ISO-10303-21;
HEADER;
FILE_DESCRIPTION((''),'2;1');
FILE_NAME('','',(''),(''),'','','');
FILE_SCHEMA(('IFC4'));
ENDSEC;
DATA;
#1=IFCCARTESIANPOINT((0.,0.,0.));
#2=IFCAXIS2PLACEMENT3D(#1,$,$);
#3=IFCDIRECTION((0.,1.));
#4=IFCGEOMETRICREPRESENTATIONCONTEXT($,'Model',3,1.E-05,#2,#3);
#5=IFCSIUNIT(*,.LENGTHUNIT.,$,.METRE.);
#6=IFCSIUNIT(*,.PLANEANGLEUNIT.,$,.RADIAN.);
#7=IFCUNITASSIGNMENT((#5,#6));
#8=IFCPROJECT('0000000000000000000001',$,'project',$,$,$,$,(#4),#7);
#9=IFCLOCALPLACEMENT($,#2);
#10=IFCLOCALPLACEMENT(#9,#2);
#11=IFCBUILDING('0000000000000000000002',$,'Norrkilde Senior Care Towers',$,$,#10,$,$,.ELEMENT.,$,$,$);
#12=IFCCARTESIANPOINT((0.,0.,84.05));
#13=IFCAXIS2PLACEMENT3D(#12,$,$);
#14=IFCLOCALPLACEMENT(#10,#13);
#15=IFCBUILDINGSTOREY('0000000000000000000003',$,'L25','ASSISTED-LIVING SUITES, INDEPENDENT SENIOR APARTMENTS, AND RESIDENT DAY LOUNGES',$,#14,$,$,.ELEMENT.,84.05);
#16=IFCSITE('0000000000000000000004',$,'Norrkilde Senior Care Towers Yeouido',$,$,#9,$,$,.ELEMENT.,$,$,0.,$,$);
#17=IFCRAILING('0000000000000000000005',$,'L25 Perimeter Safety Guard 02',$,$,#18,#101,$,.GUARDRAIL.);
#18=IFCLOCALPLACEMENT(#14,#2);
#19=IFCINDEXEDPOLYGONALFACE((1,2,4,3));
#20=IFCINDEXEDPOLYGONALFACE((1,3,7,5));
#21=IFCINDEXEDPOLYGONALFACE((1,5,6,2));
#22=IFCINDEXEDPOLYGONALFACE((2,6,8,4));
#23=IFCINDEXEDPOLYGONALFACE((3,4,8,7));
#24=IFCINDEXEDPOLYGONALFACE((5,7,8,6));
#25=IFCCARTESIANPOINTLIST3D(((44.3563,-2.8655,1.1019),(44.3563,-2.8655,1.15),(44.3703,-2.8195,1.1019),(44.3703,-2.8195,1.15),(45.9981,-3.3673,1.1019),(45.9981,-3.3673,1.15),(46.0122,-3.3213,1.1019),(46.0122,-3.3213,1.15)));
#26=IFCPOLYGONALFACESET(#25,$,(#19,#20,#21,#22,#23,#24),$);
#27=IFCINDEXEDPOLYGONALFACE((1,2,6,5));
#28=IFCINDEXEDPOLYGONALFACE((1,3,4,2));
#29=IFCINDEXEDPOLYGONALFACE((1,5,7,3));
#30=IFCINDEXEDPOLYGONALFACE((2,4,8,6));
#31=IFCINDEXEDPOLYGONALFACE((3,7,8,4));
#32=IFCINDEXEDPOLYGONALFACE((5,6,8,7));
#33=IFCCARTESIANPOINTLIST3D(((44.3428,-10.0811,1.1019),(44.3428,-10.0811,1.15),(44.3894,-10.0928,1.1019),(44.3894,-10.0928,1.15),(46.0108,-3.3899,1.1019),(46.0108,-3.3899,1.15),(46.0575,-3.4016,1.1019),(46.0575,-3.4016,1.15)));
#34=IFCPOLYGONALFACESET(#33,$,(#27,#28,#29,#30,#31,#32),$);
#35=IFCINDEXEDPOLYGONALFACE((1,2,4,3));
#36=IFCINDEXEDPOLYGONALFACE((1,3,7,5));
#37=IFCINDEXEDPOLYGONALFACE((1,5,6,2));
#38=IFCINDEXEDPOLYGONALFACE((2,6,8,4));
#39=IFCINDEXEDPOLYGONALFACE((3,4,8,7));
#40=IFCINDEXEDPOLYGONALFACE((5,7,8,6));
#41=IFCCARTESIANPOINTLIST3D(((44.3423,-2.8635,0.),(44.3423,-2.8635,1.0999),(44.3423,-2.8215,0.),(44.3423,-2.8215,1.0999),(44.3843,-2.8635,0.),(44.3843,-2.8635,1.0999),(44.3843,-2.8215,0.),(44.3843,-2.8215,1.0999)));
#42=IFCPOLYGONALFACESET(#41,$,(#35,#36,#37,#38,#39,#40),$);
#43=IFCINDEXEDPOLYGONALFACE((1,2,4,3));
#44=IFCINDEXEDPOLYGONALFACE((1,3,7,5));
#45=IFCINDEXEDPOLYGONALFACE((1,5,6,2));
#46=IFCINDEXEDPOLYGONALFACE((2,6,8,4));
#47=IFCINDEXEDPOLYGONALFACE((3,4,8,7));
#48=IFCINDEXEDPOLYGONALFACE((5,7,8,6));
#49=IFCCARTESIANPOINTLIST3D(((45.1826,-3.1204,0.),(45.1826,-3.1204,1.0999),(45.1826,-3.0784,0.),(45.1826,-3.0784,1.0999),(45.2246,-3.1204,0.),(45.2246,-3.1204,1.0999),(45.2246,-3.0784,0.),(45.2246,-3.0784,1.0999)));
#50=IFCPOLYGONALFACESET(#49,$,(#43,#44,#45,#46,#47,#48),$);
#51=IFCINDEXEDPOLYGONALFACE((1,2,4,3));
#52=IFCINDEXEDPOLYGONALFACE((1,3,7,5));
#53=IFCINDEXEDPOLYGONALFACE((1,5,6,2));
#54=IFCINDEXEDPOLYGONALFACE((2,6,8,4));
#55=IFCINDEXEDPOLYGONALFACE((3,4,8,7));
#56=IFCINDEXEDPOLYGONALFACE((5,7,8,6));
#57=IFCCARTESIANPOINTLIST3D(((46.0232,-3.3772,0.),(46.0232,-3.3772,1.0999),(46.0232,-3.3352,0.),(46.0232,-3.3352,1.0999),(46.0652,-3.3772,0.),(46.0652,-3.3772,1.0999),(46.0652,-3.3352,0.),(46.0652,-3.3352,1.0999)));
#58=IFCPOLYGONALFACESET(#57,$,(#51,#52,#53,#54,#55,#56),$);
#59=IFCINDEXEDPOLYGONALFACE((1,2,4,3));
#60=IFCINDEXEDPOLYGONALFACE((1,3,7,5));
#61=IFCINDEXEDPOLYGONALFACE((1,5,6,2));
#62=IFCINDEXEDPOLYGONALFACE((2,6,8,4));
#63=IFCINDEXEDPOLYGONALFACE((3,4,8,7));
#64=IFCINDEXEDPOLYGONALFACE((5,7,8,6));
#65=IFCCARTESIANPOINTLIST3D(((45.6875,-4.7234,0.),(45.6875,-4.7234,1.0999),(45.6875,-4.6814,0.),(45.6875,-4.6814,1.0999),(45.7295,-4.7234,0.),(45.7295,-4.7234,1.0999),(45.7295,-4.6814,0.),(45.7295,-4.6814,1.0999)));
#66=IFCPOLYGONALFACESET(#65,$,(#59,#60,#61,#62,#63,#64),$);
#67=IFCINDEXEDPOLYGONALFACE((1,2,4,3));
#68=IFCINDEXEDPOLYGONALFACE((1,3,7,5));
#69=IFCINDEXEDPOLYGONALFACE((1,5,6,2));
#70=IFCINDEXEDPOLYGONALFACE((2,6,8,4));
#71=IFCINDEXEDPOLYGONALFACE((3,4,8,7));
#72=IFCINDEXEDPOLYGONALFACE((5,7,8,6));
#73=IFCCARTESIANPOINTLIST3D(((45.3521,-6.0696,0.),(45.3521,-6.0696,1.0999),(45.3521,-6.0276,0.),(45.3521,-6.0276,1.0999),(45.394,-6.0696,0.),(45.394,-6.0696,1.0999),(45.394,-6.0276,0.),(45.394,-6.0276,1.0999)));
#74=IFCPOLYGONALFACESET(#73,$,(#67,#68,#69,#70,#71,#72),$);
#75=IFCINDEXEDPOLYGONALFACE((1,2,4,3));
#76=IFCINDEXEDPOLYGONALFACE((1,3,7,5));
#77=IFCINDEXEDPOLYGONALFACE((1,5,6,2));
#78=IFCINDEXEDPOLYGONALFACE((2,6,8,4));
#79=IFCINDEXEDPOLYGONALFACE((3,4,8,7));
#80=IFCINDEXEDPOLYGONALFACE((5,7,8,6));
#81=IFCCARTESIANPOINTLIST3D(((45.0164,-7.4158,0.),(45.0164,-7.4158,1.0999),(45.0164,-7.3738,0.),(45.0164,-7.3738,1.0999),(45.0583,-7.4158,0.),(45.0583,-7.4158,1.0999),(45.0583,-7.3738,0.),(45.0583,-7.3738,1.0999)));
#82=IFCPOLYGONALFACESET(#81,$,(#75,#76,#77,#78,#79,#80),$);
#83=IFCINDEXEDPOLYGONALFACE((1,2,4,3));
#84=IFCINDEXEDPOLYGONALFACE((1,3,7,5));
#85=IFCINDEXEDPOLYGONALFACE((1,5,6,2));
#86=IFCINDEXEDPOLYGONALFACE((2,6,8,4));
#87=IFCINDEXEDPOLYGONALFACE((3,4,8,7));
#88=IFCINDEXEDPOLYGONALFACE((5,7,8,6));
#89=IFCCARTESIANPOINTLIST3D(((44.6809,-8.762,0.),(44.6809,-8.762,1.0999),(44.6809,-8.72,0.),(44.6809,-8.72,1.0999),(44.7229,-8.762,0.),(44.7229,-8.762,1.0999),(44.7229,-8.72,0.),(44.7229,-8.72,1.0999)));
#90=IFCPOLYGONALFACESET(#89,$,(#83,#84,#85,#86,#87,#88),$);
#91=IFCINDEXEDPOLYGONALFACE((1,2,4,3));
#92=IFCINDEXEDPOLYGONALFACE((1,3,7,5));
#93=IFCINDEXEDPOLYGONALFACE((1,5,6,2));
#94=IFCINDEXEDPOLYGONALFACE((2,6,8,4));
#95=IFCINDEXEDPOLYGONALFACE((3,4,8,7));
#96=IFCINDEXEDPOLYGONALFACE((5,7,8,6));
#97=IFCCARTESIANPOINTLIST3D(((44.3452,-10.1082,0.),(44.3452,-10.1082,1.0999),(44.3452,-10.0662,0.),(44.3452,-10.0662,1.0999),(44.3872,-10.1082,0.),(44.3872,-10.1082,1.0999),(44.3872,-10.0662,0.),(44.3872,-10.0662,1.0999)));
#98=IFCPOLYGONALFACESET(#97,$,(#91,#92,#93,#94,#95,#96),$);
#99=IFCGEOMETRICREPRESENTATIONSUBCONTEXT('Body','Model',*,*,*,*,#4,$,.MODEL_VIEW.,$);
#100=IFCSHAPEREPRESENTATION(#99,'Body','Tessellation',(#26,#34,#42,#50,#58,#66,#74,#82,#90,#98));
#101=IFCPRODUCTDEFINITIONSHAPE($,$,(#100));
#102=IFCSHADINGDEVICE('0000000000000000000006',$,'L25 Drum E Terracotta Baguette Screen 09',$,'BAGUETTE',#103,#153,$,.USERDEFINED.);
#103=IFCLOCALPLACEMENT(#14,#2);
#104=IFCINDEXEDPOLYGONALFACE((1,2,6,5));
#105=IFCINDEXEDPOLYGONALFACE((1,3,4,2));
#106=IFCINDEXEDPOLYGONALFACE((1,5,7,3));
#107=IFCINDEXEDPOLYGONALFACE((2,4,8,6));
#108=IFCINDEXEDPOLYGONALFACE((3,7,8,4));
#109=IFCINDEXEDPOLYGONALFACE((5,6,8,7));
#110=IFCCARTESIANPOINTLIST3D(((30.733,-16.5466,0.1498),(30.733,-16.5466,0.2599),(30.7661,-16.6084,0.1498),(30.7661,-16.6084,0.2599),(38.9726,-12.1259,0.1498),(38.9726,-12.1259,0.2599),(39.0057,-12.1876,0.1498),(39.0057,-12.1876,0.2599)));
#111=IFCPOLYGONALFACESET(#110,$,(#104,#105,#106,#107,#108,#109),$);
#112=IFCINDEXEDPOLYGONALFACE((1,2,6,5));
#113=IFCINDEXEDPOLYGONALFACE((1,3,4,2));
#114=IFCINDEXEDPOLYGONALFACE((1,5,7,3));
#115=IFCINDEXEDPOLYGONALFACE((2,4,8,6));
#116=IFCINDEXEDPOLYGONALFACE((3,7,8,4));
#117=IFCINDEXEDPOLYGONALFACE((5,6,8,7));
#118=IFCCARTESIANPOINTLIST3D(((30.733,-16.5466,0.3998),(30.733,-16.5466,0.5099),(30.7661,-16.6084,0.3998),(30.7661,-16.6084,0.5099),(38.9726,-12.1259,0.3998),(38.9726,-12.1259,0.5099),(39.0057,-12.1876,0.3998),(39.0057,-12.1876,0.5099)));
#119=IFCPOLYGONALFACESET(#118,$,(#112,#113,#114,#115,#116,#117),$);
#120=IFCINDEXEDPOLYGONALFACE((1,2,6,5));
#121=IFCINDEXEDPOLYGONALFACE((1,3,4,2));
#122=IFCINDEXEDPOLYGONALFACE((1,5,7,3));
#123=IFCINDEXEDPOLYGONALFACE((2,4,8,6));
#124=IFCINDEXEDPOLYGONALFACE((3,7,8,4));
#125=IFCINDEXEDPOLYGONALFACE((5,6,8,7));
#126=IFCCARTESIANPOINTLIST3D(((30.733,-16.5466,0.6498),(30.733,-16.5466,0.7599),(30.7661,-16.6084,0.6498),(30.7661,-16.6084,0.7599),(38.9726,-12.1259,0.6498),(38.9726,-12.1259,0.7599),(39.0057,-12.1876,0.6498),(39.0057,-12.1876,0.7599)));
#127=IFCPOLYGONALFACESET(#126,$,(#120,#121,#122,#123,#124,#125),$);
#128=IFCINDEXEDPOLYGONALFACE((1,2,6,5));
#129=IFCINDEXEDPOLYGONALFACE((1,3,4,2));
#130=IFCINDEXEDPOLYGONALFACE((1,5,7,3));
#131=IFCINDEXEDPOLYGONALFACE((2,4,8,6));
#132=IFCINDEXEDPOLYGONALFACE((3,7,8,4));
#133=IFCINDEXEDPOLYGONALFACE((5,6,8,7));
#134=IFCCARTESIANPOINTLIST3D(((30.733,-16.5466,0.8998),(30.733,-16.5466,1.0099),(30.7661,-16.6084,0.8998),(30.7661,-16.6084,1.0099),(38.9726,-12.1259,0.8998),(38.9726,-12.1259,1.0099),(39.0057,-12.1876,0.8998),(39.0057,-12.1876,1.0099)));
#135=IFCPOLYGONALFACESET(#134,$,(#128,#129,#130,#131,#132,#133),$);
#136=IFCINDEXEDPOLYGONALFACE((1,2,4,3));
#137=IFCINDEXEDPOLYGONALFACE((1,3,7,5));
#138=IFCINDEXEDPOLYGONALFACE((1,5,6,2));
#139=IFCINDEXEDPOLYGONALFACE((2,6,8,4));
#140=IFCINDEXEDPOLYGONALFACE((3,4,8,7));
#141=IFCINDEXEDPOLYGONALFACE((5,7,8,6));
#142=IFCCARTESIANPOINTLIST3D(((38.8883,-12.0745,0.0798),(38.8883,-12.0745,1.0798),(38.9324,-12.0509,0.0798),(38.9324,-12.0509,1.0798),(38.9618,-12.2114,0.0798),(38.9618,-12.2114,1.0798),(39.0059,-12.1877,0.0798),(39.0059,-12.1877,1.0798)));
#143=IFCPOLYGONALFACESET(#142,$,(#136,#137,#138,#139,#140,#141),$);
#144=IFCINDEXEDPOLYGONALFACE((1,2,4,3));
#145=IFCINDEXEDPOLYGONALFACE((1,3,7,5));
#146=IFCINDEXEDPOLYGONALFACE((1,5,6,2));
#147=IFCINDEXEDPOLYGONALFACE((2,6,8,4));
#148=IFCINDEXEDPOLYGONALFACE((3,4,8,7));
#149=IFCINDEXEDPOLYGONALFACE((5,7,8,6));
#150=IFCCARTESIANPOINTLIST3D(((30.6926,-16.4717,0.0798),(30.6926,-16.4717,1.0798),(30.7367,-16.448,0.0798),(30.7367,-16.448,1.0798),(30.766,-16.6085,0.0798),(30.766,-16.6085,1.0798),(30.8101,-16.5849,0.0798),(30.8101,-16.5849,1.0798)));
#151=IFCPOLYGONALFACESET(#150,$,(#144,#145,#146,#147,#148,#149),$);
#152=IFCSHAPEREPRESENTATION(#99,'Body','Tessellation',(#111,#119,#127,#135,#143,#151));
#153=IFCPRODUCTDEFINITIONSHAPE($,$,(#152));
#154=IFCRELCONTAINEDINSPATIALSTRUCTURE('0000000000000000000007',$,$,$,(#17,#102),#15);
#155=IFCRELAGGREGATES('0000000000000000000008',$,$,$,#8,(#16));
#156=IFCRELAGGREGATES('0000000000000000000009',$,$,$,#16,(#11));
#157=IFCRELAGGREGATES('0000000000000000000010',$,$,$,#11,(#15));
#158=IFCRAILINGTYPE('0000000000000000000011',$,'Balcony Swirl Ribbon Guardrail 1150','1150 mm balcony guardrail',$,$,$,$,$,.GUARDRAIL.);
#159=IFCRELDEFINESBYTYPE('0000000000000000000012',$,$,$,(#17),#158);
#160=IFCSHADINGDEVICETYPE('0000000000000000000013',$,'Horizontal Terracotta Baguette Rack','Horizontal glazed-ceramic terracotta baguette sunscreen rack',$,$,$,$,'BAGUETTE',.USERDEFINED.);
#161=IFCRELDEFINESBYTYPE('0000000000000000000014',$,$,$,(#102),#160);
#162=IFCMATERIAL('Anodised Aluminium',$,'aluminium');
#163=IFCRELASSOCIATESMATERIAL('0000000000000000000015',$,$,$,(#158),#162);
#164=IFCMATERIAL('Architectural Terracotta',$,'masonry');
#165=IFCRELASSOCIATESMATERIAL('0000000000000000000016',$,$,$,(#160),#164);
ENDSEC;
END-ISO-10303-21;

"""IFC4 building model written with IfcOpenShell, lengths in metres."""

from ifc_helpers import new_model, si_unit, direction, frame, origin, origin_2d, place, context, subcontext, project, spatial, rectangle, extrude, source, transform, mapped, material, type_object, type_shapes, element, save


model = new_model("IFC4")

# Units and contexts
model_context = context("Model", 3, precision=1e-05, world=origin(), true_north=direction((0.0, 1.0)))
body_context = subcontext(model_context, "Body", "Model", "MODEL_VIEW")
ifc_project = project(units=[si_unit("LENGTHUNIT", "METRE"), si_unit("PLANEANGLEUNIT", "RADIAN")], contexts=[model_context])

# Site, building, storey
site_placement = place(None, origin())
site = spatial("IfcSite", under=ifc_project, at=site_placement, Name="Norrkilde Senior Care Towers Yeouido", CompositionType="ELEMENT", RefElevation=0.0)
building_placement = place(site_placement, origin())
building = spatial("IfcBuilding", under=site, at=building_placement, Name="Norrkilde Senior Care Towers", CompositionType="ELEMENT")
storey_placement = place(building_placement, frame((0.0, 0.0, 84.05)))
storey = spatial("IfcBuildingStorey", under=building, at=storey_placement, Name="L25", Description="ASSISTED-LIVING SUITES, INDEPENDENT SENIOR APARTMENTS, AND RESIDENT DAY LOUNGES", CompositionType="ELEMENT", Elevation=84.05)

# Shared definitions
ifc_material_1 = material(Name="Anodised Aluminium", Category="aluminium")

# Railing
railing_type = type_object("IfcRailingType", Name="Balcony Swirl Ribbon Guardrail 1150", Description="1150 mm balcony guardrail", PredefinedType="GUARDRAIL", material=ifc_material_1)
railing_1_placement = place(storey_placement, frame((44.3633, -2.8425, 0.0)))
element("IfcRailing", 1, at=railing_1_placement, inside=storey, type_object=railing_type, Name="L25 Perimeter Safety Guard 02", PredefinedType="GUARDRAIL", context=body_context, shape_type="SweptSolid", body=[
    extrude(rectangle(XDim=0.0481, YDim=0.0481, at=origin_2d()), frame((0.0, 0.0, 1.126), z_axis=(0.956342, -0.29225, 0.0), x_axis=(0.29225, 0.956342, 0.0)), (0.0, 0.0, 1.0), 1.7168),
    extrude(rectangle(XDim=0.0481, YDim=0.0481, at=origin_2d()), frame((1.6709, -0.5532, 1.126), z_axis=(-0.24189, -0.970304, 0.0), x_axis=(0.970304, -0.24189, 0.0)), (0.0, 0.0, 1.0), 6.896),
    extrude(rectangle(XDim=0.042, YDim=0.042, at=origin_2d()), origin(), (0.0, 0.0, 1.0), 1.0999),
    extrude(rectangle(XDim=0.042, YDim=0.042, at=origin_2d()), frame((0.8403, -0.2568, 0.0)), (0.0, 0.0, 1.0), 1.0999),
    extrude(rectangle(XDim=0.042, YDim=0.042, at=origin_2d()), frame((1.6809, -0.5137, 0.0)), (0.0, 0.0, 1.0), 1.0999),
    extrude(rectangle(XDim=0.042, YDim=0.042, at=origin_2d()), frame((1.3452, -1.8599, 0.0)), (0.0, 0.0, 1.0), 1.0999),
    extrude(rectangle(XDim=0.042, YDim=0.042, at=origin_2d()), frame((1.0098, -3.2061, 0.0)), (0.0, 0.0, 1.0), 1.0999),
    extrude(rectangle(XDim=0.042, YDim=0.042, at=origin_2d()), frame((0.6741, -4.5522, 0.0)), (0.0, 0.0, 1.0), 1.0999),
    extrude(rectangle(XDim=0.042, YDim=0.042, at=origin_2d()), frame((0.3386, -5.8984, 0.0)), (0.0, 0.0, 1.0), 1.0999),
    extrude(rectangle(XDim=0.042, YDim=0.042, at=origin_2d()), frame((0.0029, -7.2446, 0.0)), (0.0, 0.0, 1.0), 1.0999),
])

# Shading device
ifc_material_2 = material(Name="Architectural Terracotta", Category="masonry")
shading_device_type = type_object("IfcShadingDeviceType", Name="Horizontal Terracotta Baguette Rack", Description="Horizontal glazed-ceramic terracotta baguette sunscreen rack", ElementType="BAGUETTE", PredefinedType="USERDEFINED", material=ifc_material_2)
shared_shape_1 = source(origin(), body_context, "Body", "SweptSolid", [
    extrude(rectangle(XDim=0.0701, YDim=0.1101, at=origin_2d()), frame((0.0, 0.0901, 0.125), z_axis=(1.0, 0.0, 0.0), x_axis=(0.0, 1.0, 0.0)), (0.0, 0.0, 1.0), 9.3506),
    extrude(rectangle(XDim=0.0701, YDim=0.1101, at=origin_2d()), frame((0.0, 0.0901, 0.375), z_axis=(1.0, 0.0, 0.0), x_axis=(0.0, 1.0, 0.0)), (0.0, 0.0, 1.0), 9.3506),
    extrude(rectangle(XDim=0.0701, YDim=0.1101, at=origin_2d()), frame((0.0, 0.0901, 0.625), z_axis=(1.0, 0.0, 0.0), x_axis=(0.0, 1.0, 0.0)), (0.0, 0.0, 1.0), 9.3506),
    extrude(rectangle(XDim=0.0701, YDim=0.1101, at=origin_2d()), frame((0.0, 0.0901, 0.875), z_axis=(1.0, 0.0, 0.0), x_axis=(0.0, 1.0, 0.0)), (0.0, 0.0, 1.0), 9.3506),
    extrude(rectangle(XDim=0.05, YDim=0.1553, at=origin_2d()), frame((0.0249, 0.0476, 0.0)), (0.0, 0.0, 1.0), 1.0),
    extrude(rectangle(XDim=0.05, YDim=0.1553, at=origin_2d()), frame((9.3257, 0.0476, 0.0)), (0.0, 0.0, 1.0), 1.0),
])
type_shapes(shading_device_type, [shared_shape_1])
shading_device_placement = place(storey_placement, frame((38.9465, -12.0774, 0.0798), z_axis=(0.0, 0.0, 1.0), x_axis=(-0.881175, -0.472768, 0.0)))
element("IfcShadingDevice", 2, at=shading_device_placement, inside=storey, type_object=shading_device_type, Name="L25 Drum E Terracotta Baguette Screen 09", ObjectType="BAGUETTE", PredefinedType="USERDEFINED", context=body_context, shape_type="MappedRepresentation", body=[
    mapped(shared_shape_1, transform((0.0, 0.0, 0.0), x_axis=(1.0, 0.0, 0.0), y_axis=(0.0, 1.0, 0.0), z_axis=(0.0, 0.0, 1.0), scale=1.0)),
])

save(model, "model.ifc")
